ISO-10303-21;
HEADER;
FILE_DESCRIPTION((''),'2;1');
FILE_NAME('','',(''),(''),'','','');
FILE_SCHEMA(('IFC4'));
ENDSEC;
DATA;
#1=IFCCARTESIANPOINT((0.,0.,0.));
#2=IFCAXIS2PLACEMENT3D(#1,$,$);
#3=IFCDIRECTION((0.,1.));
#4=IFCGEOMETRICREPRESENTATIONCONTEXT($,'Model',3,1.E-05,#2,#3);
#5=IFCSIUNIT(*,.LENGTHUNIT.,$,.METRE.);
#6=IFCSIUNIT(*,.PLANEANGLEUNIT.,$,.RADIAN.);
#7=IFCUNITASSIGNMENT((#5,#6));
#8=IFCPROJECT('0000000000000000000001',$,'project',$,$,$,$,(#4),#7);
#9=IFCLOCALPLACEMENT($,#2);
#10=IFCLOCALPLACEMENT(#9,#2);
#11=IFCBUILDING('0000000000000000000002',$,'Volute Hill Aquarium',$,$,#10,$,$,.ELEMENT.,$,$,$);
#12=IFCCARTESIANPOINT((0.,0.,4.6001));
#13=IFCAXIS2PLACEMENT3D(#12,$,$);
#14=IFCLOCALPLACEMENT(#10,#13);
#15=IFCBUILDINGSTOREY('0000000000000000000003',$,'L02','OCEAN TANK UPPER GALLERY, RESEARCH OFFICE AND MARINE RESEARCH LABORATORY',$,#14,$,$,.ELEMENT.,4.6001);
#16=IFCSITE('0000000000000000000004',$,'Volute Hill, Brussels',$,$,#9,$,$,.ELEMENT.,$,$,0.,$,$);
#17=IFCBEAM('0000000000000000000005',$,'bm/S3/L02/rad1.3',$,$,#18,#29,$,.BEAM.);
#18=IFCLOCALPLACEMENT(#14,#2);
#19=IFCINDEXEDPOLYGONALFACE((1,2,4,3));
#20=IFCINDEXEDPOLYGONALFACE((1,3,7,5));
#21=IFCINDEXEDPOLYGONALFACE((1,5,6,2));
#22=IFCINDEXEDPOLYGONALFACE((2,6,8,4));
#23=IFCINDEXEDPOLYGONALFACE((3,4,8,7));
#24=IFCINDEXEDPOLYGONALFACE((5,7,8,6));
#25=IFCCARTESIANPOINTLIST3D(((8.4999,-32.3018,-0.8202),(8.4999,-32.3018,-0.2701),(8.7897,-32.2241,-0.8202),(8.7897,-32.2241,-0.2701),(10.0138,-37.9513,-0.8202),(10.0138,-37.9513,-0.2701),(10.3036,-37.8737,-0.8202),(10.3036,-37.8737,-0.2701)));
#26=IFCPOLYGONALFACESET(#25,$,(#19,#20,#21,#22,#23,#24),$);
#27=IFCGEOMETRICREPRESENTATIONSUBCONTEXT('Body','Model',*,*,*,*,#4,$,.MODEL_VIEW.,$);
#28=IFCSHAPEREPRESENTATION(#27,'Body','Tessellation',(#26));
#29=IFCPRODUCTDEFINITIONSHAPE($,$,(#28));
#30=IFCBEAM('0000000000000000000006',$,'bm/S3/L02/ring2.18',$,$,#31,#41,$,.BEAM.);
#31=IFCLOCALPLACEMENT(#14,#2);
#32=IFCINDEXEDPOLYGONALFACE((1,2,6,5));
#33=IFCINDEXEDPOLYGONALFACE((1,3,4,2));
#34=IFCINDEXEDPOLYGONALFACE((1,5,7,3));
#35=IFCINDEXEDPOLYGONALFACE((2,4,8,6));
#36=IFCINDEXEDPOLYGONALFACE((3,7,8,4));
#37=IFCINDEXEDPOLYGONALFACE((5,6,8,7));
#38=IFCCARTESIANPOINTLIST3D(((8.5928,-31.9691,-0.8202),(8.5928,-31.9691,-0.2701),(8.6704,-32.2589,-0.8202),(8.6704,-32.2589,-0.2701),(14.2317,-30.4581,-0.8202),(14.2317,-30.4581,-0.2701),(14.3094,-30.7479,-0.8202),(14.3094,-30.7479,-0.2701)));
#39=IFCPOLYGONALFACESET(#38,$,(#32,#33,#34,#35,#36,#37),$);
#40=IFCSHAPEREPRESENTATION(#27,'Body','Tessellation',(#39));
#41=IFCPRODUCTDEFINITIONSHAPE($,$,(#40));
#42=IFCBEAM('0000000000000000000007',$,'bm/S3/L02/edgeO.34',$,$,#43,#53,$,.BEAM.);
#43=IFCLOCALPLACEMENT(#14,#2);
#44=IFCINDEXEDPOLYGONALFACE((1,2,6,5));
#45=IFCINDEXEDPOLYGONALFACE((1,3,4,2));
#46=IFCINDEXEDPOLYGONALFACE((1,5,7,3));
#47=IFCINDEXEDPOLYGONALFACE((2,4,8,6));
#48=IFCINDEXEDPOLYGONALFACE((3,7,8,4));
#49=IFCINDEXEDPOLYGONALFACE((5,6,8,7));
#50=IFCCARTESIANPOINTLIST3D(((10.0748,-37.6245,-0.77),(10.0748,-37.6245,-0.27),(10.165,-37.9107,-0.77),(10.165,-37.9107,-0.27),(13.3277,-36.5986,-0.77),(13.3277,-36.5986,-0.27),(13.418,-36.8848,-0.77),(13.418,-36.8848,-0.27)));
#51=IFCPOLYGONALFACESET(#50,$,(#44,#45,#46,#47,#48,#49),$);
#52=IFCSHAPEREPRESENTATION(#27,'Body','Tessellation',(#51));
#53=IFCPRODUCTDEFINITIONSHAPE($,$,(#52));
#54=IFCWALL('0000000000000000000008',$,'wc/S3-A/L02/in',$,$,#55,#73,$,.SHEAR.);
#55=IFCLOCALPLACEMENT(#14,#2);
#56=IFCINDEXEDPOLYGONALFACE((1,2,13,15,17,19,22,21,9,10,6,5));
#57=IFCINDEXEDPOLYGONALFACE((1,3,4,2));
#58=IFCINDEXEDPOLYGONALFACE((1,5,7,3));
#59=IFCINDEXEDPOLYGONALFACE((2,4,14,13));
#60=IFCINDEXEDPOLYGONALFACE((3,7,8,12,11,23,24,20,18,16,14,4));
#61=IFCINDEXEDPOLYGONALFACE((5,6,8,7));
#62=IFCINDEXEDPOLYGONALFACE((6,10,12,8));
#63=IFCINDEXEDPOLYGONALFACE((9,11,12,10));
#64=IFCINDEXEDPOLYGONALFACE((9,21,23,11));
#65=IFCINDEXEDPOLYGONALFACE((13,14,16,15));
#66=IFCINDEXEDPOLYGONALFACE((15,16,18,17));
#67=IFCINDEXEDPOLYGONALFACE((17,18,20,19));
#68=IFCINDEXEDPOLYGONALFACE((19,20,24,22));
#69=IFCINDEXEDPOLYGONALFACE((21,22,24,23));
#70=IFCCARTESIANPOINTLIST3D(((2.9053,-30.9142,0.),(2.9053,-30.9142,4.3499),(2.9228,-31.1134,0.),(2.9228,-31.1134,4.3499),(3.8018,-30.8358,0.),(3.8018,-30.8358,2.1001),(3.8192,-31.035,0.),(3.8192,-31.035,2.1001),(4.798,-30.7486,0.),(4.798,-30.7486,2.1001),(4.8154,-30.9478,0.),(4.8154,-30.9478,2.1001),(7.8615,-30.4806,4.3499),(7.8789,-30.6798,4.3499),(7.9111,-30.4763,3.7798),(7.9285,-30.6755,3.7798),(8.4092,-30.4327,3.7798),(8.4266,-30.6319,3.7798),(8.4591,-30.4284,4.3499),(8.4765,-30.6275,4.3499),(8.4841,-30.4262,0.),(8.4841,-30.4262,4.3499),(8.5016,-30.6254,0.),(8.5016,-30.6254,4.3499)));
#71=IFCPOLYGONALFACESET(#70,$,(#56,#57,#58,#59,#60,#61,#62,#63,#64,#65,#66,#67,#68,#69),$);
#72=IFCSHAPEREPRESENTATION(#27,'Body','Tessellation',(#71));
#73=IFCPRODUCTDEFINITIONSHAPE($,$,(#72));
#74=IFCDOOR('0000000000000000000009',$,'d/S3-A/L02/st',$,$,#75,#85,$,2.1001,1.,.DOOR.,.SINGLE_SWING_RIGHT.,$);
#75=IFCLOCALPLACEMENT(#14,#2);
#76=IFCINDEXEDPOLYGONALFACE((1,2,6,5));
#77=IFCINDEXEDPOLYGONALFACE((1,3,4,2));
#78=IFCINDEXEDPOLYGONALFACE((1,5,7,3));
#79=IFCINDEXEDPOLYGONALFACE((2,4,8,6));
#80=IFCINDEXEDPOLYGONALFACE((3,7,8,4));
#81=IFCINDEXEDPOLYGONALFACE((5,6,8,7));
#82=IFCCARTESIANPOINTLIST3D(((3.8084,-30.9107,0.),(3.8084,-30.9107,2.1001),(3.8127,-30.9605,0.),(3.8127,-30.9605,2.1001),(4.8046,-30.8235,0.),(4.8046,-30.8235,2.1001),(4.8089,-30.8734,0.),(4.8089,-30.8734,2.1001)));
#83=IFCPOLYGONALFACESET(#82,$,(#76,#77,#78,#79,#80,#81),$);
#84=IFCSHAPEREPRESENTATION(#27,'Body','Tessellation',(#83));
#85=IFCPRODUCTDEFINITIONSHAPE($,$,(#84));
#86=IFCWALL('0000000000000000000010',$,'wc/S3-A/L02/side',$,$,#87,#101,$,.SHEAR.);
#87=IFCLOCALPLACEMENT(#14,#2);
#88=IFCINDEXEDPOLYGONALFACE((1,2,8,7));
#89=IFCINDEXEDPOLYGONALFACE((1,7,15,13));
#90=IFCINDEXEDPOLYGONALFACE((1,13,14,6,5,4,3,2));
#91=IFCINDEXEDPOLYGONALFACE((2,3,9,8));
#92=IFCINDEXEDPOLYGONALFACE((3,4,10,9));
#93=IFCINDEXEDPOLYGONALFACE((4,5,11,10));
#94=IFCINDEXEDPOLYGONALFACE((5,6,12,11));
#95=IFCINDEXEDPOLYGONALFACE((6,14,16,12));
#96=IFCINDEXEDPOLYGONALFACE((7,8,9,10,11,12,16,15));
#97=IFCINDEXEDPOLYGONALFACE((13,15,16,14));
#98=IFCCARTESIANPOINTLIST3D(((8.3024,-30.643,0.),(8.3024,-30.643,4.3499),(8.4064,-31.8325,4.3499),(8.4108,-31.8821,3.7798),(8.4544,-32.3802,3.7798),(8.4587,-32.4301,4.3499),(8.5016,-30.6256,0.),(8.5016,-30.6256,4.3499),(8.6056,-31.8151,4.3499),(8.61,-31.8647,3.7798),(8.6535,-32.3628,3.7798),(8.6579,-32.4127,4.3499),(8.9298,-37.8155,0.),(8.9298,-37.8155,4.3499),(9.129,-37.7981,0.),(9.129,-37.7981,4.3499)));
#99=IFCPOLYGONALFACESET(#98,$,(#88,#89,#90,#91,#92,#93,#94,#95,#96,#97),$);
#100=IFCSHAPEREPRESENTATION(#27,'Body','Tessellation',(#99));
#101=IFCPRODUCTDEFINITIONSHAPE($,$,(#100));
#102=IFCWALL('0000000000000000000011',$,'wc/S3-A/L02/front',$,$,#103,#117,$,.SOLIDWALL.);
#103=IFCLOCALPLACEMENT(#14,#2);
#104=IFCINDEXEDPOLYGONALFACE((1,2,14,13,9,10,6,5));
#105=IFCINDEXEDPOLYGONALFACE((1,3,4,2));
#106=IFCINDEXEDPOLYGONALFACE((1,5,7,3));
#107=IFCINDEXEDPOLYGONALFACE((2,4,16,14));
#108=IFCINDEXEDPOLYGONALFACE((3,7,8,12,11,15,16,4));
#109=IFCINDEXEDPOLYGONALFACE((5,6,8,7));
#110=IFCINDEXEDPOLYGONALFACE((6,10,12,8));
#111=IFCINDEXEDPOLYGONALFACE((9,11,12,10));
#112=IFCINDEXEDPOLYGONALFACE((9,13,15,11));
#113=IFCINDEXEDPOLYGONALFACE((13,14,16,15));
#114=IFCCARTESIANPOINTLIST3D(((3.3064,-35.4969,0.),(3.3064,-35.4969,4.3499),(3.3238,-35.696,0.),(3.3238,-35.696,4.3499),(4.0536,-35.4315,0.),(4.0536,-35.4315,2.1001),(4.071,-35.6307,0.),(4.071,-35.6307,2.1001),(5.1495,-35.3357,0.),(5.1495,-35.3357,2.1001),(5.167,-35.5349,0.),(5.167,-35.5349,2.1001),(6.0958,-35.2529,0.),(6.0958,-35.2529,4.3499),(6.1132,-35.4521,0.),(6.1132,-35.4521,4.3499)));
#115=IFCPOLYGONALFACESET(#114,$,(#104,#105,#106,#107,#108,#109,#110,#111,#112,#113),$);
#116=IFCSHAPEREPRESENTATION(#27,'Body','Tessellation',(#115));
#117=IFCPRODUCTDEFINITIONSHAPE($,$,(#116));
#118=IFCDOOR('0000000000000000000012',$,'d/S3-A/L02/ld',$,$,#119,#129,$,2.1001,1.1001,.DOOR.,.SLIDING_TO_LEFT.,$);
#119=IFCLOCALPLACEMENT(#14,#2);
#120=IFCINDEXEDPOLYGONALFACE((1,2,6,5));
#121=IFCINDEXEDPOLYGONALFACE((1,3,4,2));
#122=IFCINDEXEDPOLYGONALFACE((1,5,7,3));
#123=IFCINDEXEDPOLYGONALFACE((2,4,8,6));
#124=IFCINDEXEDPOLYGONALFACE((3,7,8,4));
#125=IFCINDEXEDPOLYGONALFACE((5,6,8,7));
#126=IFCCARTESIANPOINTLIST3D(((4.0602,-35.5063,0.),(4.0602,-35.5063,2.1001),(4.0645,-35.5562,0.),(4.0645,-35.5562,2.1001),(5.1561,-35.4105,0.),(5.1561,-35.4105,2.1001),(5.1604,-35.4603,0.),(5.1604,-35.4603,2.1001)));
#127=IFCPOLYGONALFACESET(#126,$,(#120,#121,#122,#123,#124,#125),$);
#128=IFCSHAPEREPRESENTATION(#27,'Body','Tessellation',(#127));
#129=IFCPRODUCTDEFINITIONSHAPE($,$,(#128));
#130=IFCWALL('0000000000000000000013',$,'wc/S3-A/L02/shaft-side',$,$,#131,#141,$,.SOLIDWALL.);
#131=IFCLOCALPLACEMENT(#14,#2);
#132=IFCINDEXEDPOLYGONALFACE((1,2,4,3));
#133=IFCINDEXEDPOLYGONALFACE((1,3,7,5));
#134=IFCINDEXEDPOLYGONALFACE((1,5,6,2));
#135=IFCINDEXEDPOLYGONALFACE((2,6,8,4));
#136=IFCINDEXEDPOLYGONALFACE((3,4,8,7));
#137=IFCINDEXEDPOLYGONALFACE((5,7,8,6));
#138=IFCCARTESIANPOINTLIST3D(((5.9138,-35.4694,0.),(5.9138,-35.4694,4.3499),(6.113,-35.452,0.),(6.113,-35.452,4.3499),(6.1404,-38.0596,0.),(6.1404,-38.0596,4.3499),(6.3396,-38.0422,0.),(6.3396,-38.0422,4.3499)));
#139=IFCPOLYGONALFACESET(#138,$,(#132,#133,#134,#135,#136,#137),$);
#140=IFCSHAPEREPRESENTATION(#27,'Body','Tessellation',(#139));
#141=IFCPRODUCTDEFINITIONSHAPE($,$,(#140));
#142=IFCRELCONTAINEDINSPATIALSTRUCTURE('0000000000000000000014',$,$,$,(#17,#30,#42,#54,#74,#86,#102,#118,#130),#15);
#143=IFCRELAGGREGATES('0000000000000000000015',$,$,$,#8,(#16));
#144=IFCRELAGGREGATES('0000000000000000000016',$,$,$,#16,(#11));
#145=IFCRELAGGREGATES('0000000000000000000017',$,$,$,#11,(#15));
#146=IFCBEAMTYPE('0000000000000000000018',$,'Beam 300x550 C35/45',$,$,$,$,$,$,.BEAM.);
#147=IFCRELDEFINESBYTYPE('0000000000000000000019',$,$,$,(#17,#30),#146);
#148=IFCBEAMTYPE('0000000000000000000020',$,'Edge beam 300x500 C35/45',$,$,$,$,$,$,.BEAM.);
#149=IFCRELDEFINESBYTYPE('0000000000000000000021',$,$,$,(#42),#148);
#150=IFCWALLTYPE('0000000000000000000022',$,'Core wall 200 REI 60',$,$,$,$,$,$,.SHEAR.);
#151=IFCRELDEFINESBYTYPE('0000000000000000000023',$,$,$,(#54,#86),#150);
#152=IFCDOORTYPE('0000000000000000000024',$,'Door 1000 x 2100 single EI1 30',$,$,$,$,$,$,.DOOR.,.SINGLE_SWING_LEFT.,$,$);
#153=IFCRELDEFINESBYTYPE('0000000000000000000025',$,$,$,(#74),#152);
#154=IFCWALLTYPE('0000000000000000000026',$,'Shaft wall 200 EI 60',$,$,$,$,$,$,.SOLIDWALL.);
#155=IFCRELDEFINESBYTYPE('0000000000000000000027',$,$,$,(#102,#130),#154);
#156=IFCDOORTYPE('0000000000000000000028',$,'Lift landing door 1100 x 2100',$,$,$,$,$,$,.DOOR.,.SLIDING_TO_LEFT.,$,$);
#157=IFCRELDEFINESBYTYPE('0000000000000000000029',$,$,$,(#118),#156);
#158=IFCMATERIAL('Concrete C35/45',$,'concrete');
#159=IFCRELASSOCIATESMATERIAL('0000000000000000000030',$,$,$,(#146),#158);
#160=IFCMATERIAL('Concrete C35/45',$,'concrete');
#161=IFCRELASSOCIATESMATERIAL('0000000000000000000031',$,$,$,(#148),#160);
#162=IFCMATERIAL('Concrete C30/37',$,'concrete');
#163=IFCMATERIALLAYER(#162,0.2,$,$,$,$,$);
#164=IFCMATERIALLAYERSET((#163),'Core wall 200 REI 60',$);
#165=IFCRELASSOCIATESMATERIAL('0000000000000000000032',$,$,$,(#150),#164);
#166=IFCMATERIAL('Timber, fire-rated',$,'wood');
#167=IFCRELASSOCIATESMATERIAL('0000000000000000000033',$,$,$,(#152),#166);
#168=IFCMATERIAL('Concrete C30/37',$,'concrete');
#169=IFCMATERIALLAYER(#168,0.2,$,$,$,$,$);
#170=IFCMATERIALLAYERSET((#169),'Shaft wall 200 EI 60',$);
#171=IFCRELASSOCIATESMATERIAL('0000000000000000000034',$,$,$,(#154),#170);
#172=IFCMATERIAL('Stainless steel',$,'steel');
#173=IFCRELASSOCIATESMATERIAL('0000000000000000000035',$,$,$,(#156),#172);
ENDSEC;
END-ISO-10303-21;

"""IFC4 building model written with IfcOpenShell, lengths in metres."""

from ifc_helpers import new_model, si_unit, direction, frame, frame_2d, origin, origin_2d, place, context, subcontext, project, spatial, polyline, rectangle, outline, extrude, material, layer, layer_set, material_profile, profile_set, type_object, element, fill, save


model = new_model("IFC4")

# Units and contexts
model_context = context("Model", 3, precision=1e-05, world=origin(), true_north=direction((0.0, 1.0)))
body_context = subcontext(model_context, "Body", "Model", "MODEL_VIEW")
ifc_project = project(units=[si_unit("LENGTHUNIT", "METRE"), si_unit("PLANEANGLEUNIT", "RADIAN")], contexts=[model_context])

# Site, building, storey
site_placement = place(None, origin())
site = spatial("IfcSite", under=ifc_project, at=site_placement, Name="Volute Hill, Brussels", CompositionType="ELEMENT", RefElevation=0.0)
building_placement = place(site_placement, origin())
building = spatial("IfcBuilding", under=site, at=building_placement, Name="Volute Hill Aquarium", CompositionType="ELEMENT")
storey_placement = place(building_placement, frame((0.0, 0.0, 4.6001)))
storey = spatial("IfcBuildingStorey", under=building, at=storey_placement, Name="L02", Description="OCEAN TANK UPPER GALLERY, RESEARCH OFFICE AND MARINE RESEARCH LABORATORY", CompositionType="ELEMENT", Elevation=4.6001)

# Beams
ifc_material_1 = material(Name="Concrete C35/45", Category="concrete")
ifc_material_profile_1 = material_profile(ifc_material_1, rectangle(XDim=0.3, YDim=0.55, at=origin_2d()), Name="RC beam 300x550")
ifc_profile_set_1 = profile_set([ifc_material_profile_1], Name="Concrete C35/45")
beam_type_1 = type_object("IfcBeamType", Name="Beam 300x550 C35/45", PredefinedType="BEAM", material=ifc_profile_set_1)
beam_1_placement = place(storey_placement, frame((8.6448, -32.2629, -0.5452), z_axis=(0.258834, -0.965922, 0.0), x_axis=(0.965922, 0.258834, 0.0)))
element("IfcBeam", 1, at=beam_1_placement, inside=storey, type_object=beam_type_1, Name="bm/S3/L02/rad1.3", PredefinedType="BEAM", context=body_context, shape_type="SweptSolid", body=[
    extrude(rectangle(XDim=0.3, YDim=0.55, at=origin_2d()), origin(), (0.0, 0.0, 1.0), 5.8489),
])
beam_2_placement = place(storey_placement, frame((8.6316, -32.114, -0.5452), z_axis=(0.965924, 0.258826, 0.0), x_axis=(-0.258826, 0.965924, 0.0)))
element("IfcBeam", 2, at=beam_2_placement, inside=storey, type_object=beam_type_1, Name="bm/S3/L02/ring2.18", PredefinedType="BEAM", context=body_context, shape_type="SweptSolid", body=[
    extrude(rectangle(XDim=0.3, YDim=0.55, at=origin_2d()), origin(), (0.0, 0.0, 1.0), 5.8379),
])
ifc_material_2 = material(Name="Concrete C35/45", Category="concrete")
ifc_material_profile_2 = material_profile(ifc_material_2, rectangle(XDim=0.3, YDim=0.5, at=origin_2d()), Name="RC edge beam 300x500")
ifc_profile_set_2 = profile_set([ifc_material_profile_2], Name="Concrete C35/45")
beam_type_2 = type_object("IfcBeamType", Name="Edge beam 300x500 C35/45", PredefinedType="BEAM", material=ifc_profile_set_2)
beam_3_placement = place(storey_placement, frame((10.1199, -37.7676, -0.52), z_axis=(0.953697, 0.300768, 0.0), x_axis=(-0.300768, 0.953697, 0.0)))
element("IfcBeam", 3, at=beam_3_placement, inside=storey, type_object=beam_type_2, Name="bm/S3/L02/edgeO.34", PredefinedType="BEAM", context=body_context, shape_type="SweptSolid", body=[
    extrude(rectangle(XDim=0.3, YDim=0.5, at=origin_2d()), origin(), (0.0, 0.0, 1.0), 3.4109),
])

# Wall, opening, door
ifc_material_3 = material(Name="Concrete C30/37", Category="concrete")
ifc_layer_1 = layer(ifc_material_3, 0.2)
ifc_layer_set_1 = layer_set([ifc_layer_1], Name="Core wall 200 REI 60")
wall_type_1 = type_object("IfcWallType", Name="Core wall 200 REI 60", PredefinedType="SHEAR", material=ifc_layer_set_1)
wall_1_placement = place(storey_placement, frame((2.9141, -31.0139, 0.0), z_axis=(0.0, 0.0, 1.0), x_axis=(0.996195, 0.087147, 0.0)))
wall_1 = element("IfcWall", 4, at=wall_1_placement, inside=storey, type_object=wall_type_1, Name="wc/S3-A/L02/in", PredefinedType="SHEAR", context=body_context, shape_type="SweptSolid", body=[
    extrude(outline(polyline([(0.0, 0.0), (5.6001, 0.0), (5.6001, 4.3499), (5.575, 4.3499), (5.5249, 3.7798), (5.0249, 3.7798), (4.9751, 4.3499), (0.0, 4.3499), (0.0, 0.0)])), frame((0.0, 0.1001, 0.0), z_axis=(0.0, -1.0, 0.0), x_axis=(1.0, 0.0, 0.0)), (0.0, 0.0, 1.0), 0.2),
])
opening_1_placement = place(wall_1_placement, frame((0.8999, 0.0, 0.0)))
opening_1 = element("IfcOpeningElement", 5, at=opening_1_placement, cuts=wall_1, PredefinedType="OPENING", context=body_context, shape_type="SweptSolid", body=[
    extrude(rectangle(XDim=1.0, YDim=2.1001, at=frame_2d((0.5, 1.05))), frame((0.0, 0.1099, 0.0), z_axis=(0.0, -1.0, 0.0), x_axis=(1.0, 0.0, 0.0)), (0.0, 0.0, 1.0), 0.22),
])
ifc_material_4 = material(Name="Timber, fire-rated", Category="wood")
door_type_1 = type_object("IfcDoorType", Name="Door 1000 x 2100 single EI1 30", OperationType="SINGLE_SWING_LEFT", PredefinedType="DOOR", material=ifc_material_4)
door_1_placement = place(opening_1_placement, origin())
door_1 = element("IfcDoor", 6, at=door_1_placement, inside=storey, type_object=door_type_1, Name="d/S3-A/L02/st", OperationType="SINGLE_SWING_RIGHT", OverallHeight=2.1001, OverallWidth=1.0, PredefinedType="DOOR", context=body_context, shape_type="SweptSolid", body=[
    extrude(rectangle(XDim=1.0, YDim=2.1001, at=frame_2d((0.5, 1.05))), frame((0.0, 0.0249, 0.0), z_axis=(0.0, -1.0, 0.0), x_axis=(1.0, 0.0, 0.0)), (0.0, 0.0, 1.0), 0.05),
])
fill(opening_1, door_1)

# Wall
wall_2_placement = place(storey_placement, frame((8.4019, -30.6343, 0.0), z_axis=(0.0, 0.0, 1.0), x_axis=(0.087145, -0.996196, 0.0)))
element("IfcWall", 7, at=wall_2_placement, inside=storey, type_object=wall_type_1, Name="wc/S3-A/L02/side", PredefinedType="SHEAR", context=body_context, shape_type="SweptSolid", body=[
    extrude(outline(polyline([(0.0, 0.0), (7.2, 0.0), (7.2, 4.3499), (1.7939, 4.3499), (1.7439, 3.7798), (1.2439, 3.7798), (1.1941, 4.3499), (0.0, 4.3499), (0.0, 0.0)])), frame((0.0, 0.1001, 0.0), z_axis=(0.0, -1.0, 0.0), x_axis=(1.0, 0.0, 0.0)), (0.0, 0.0, 1.0), 0.2),
])

# Wall, opening, door
ifc_material_5 = material(Name="Concrete C30/37", Category="concrete")
ifc_layer_2 = layer(ifc_material_5, 0.2)
ifc_layer_set_2 = layer_set([ifc_layer_2], Name="Shaft wall 200 EI 60")
wall_type_2 = type_object("IfcWallType", Name="Shaft wall 200 EI 60", PredefinedType="SOLIDWALL", material=ifc_layer_set_2)
wall_3_placement = place(storey_placement, frame((3.3152, -35.5964, 0.0), z_axis=(0.0, 0.0, 1.0), x_axis=(0.996199, 0.087107, 0.0)))
wall_3 = element("IfcWall", 8, at=wall_3_placement, inside=storey, type_object=wall_type_2, Name="wc/S3-A/L02/front", PredefinedType="SOLIDWALL", context=body_context, shape_type="SweptSolid", body=[
    extrude(rectangle(XDim=2.8, YDim=0.2, at=frame_2d((1.3999, 0.0))), origin(), (0.0, 0.0, 1.0), 4.3499),
])
opening_2_placement = place(wall_3_placement, frame((0.75, 0.0, 0.0)))
opening_2 = element("IfcOpeningElement", 9, at=opening_2_placement, cuts=wall_3, PredefinedType="OPENING", context=body_context, shape_type="SweptSolid", body=[
    extrude(rectangle(XDim=1.1001, YDim=2.1001, at=frame_2d((0.55, 1.05))), frame((0.0, 0.1099, 0.0), z_axis=(0.0, -1.0, 0.0), x_axis=(1.0, 0.0, 0.0)), (0.0, 0.0, 1.0), 0.22),
])
ifc_material_6 = material(Name="Stainless steel", Category="steel")
door_type_2 = type_object("IfcDoorType", Name="Lift landing door 1100 x 2100", OperationType="SLIDING_TO_LEFT", PredefinedType="DOOR", material=ifc_material_6)
door_2_placement = place(opening_2_placement, origin())
door_2 = element("IfcDoor", 10, at=door_2_placement, inside=storey, type_object=door_type_2, Name="d/S3-A/L02/ld", OperationType="SLIDING_TO_LEFT", OverallHeight=2.1001, OverallWidth=1.1001, PredefinedType="DOOR", context=body_context, shape_type="SweptSolid", body=[
    extrude(rectangle(XDim=1.1001, YDim=2.1001, at=frame_2d((0.55, 1.05))), frame((0.0, 0.0249, 0.0), z_axis=(0.0, -1.0, 0.0), x_axis=(1.0, 0.0, 0.0)), (0.0, 0.0, 1.0), 0.05),
])
fill(opening_2, door_2)

# Wall
wall_4_placement = place(storey_placement, frame((6.0134, -35.4607, 0.0), z_axis=(0.0, 0.0, 1.0), x_axis=(0.08714, -0.996196, 0.0)))
element("IfcWall", 11, at=wall_4_placement, inside=storey, type_object=wall_type_2, Name="wc/S3-A/L02/shaft-side", PredefinedType="SOLIDWALL", context=body_context, shape_type="SweptSolid", body=[
    extrude(rectangle(XDim=2.6001, YDim=0.2, at=frame_2d((1.3, 0.0))), origin(), (0.0, 0.0, 1.0), 4.3499),
])

save(model, "model.ifc")
